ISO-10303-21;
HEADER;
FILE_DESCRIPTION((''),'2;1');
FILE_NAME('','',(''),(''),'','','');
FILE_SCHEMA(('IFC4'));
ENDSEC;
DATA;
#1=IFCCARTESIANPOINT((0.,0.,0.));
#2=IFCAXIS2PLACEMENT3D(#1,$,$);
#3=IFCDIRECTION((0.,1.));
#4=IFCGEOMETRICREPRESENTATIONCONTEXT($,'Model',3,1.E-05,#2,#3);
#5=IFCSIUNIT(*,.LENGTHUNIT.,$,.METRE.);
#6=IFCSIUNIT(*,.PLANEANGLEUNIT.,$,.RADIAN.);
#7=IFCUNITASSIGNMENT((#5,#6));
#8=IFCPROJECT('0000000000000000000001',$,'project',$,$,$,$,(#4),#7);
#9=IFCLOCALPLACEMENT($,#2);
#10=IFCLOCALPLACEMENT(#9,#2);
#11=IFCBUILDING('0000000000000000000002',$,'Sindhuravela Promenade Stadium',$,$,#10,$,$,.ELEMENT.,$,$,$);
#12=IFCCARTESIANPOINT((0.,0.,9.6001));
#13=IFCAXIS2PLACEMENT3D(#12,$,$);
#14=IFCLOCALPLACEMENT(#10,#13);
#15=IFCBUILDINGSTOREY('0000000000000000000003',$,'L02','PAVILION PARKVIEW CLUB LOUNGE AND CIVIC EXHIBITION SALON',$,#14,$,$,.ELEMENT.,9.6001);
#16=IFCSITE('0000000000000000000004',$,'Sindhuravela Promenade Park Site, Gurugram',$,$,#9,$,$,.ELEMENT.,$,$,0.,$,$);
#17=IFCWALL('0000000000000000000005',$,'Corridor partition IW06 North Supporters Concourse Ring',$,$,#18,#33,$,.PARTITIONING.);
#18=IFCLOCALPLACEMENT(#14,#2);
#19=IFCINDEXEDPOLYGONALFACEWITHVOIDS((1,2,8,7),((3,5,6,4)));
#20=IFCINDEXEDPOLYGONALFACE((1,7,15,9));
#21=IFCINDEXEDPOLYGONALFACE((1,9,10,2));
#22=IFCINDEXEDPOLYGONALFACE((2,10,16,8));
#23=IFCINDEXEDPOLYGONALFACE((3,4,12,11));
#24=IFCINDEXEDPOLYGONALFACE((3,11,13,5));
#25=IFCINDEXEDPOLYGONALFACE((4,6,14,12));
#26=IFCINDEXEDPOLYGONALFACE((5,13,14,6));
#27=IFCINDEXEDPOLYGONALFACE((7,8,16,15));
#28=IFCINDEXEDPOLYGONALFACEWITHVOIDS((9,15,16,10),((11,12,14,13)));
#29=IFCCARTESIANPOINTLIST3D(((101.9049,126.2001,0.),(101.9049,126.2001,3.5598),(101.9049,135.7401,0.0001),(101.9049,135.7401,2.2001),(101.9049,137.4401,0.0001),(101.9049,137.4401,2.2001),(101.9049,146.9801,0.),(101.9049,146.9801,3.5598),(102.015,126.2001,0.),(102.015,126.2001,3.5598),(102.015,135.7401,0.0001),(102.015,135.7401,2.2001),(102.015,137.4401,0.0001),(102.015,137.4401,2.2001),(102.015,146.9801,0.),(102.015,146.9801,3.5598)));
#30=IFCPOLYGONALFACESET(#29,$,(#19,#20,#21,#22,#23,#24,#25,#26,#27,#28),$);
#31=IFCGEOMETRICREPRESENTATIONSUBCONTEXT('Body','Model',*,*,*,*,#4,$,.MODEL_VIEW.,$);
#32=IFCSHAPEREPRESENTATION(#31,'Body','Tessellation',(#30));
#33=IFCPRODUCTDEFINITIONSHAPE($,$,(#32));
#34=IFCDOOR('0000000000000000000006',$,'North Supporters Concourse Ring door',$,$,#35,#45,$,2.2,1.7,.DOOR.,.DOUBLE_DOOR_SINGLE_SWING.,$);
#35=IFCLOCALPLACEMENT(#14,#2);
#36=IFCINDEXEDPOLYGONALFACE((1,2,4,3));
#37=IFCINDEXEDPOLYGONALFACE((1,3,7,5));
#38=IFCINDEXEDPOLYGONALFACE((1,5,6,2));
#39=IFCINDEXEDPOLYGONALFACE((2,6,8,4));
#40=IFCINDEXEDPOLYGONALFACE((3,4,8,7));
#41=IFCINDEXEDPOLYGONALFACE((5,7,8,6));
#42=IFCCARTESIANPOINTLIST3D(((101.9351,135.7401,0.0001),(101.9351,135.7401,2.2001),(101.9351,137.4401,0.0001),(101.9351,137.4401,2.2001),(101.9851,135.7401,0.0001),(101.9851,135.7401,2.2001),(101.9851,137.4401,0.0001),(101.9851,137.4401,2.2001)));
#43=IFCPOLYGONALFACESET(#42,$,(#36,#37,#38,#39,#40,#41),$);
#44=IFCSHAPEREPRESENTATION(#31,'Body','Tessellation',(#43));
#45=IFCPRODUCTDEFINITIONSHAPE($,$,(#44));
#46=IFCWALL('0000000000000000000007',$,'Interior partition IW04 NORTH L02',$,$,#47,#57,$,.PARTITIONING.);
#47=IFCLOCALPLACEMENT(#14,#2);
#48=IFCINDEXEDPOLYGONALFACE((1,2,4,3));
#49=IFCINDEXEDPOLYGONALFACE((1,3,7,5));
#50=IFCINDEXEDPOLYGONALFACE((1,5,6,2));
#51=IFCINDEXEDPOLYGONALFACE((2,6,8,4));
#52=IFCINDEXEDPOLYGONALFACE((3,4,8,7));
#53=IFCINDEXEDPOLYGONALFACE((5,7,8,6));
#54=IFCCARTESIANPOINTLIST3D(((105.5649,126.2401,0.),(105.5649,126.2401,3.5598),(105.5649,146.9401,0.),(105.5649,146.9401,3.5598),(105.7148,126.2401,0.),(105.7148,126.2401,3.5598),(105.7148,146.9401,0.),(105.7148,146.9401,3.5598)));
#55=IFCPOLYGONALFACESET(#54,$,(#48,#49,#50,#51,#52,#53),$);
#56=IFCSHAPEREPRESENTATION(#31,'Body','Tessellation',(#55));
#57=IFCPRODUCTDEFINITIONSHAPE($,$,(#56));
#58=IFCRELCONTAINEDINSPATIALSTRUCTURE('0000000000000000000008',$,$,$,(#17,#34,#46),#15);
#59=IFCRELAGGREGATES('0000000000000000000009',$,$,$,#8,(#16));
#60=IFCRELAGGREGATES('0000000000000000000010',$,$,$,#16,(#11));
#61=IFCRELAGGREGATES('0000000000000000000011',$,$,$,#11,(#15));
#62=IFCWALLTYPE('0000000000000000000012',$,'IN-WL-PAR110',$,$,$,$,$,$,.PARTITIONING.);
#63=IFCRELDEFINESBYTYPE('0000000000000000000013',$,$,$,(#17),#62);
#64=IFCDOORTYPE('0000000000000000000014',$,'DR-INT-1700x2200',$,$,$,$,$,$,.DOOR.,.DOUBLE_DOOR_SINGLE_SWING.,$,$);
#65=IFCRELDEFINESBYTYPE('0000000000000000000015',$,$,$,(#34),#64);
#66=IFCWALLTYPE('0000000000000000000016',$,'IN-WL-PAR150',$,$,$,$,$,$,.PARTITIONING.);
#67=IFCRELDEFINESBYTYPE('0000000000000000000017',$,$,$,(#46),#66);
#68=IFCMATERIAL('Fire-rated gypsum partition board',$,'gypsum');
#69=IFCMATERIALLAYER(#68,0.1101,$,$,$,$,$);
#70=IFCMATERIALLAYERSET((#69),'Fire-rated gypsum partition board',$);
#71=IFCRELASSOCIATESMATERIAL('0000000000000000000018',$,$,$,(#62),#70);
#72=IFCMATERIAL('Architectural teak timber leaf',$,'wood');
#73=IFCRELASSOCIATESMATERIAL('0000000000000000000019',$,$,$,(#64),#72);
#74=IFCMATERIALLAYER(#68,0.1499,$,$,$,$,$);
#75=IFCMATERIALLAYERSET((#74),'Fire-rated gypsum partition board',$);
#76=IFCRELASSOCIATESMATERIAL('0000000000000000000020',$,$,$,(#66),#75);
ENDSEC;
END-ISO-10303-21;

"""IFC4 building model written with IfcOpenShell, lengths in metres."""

from ifc_helpers import new_model, si_unit, direction, frame, frame_2d, origin, place, context, subcontext, project, spatial, rectangle, extrude, material, layer, layer_set, type_object, element, fill, save


model = new_model("IFC4")

# Units and contexts
model_context = context("Model", 3, precision=1e-05, world=origin(), true_north=direction((0.0, 1.0)))
body_context = subcontext(model_context, "Body", "Model", "MODEL_VIEW")
ifc_project = project(units=[si_unit("LENGTHUNIT", "METRE"), si_unit("PLANEANGLEUNIT", "RADIAN")], contexts=[model_context])

# Site, building, storey
site_placement = place(None, origin())
site = spatial("IfcSite", under=ifc_project, at=site_placement, Name="Sindhuravela Promenade Park Site, Gurugram", CompositionType="ELEMENT", RefElevation=0.0)
building_placement = place(site_placement, origin())
building = spatial("IfcBuilding", under=site, at=building_placement, Name="Sindhuravela Promenade Stadium", CompositionType="ELEMENT")
storey_placement = place(building_placement, frame((0.0, 0.0, 9.6001)))
storey = spatial("IfcBuildingStorey", under=building, at=storey_placement, Name="L02", Description="PAVILION PARKVIEW CLUB LOUNGE AND CIVIC EXHIBITION SALON", CompositionType="ELEMENT", Elevation=9.6001)

# Wall, opening, door
ifc_material_1 = material(Name="Fire-rated gypsum partition board", Category="gypsum")
ifc_layer_1 = layer(ifc_material_1, 0.1101)
ifc_layer_set_1 = layer_set([ifc_layer_1], Name="Fire-rated gypsum partition board")
wall_type_1 = type_object("IfcWallType", Name="IN-WL-PAR110", PredefinedType="PARTITIONING", material=ifc_layer_set_1)
wall_1_placement = place(storey_placement, frame((101.96, 126.2, 0.0), z_axis=(0.0, 0.0, 1.0), x_axis=(0.0, 1.0, 0.0)))
wall_1 = element("IfcWall", 1, at=wall_1_placement, inside=storey, type_object=wall_type_1, Name="Corridor partition IW06 North Supporters Concourse Ring", PredefinedType="PARTITIONING", context=body_context, shape_type="SweptSolid", body=[
    extrude(rectangle(XDim=20.78, YDim=0.1101, at=frame_2d((10.3901, 0.0))), origin(), (0.0, 0.0, 1.0), 3.5598),
])
opening_1_placement = place(wall_1_placement, frame((9.54, 0.0, 0.0)))
opening_1 = element("IfcOpeningElement", 2, at=opening_1_placement, cuts=wall_1, PredefinedType="OPENING", context=body_context, shape_type="SweptSolid", body=[
    extrude(rectangle(XDim=1.7, YDim=2.2, at=frame_2d((0.8501, 1.1001))), frame((0.0, 0.0649, 0.0), z_axis=(0.0, -1.0, 0.0), x_axis=(1.0, 0.0, 0.0)), (0.0, 0.0, 1.0), 0.1301),
])
ifc_material_2 = material(Name="Architectural teak timber leaf", Category="wood")
door_type = type_object("IfcDoorType", Name="DR-INT-1700x2200", OperationType="DOUBLE_DOOR_SINGLE_SWING", PredefinedType="DOOR", material=ifc_material_2)
door_placement = place(opening_1_placement, origin())
door = element("IfcDoor", 3, at=door_placement, inside=storey, type_object=door_type, Name="North Supporters Concourse Ring door", OperationType="DOUBLE_DOOR_SINGLE_SWING", OverallHeight=2.2, OverallWidth=1.7, PredefinedType="DOOR", context=body_context, shape_type="SweptSolid", body=[
    extrude(rectangle(XDim=1.7, YDim=2.2, at=frame_2d((0.8501, 1.1001))), frame((0.0, 0.0249, 0.0), z_axis=(0.0, -1.0, 0.0), x_axis=(1.0, 0.0, 0.0)), (0.0, 0.0, 1.0), 0.05),
])
fill(opening_1, door)

# Wall
ifc_layer_2 = layer(ifc_material_1, 0.1499)
ifc_layer_set_2 = layer_set([ifc_layer_2], Name="Fire-rated gypsum partition board")
wall_type_2 = type_object("IfcWallType", Name="IN-WL-PAR150", PredefinedType="PARTITIONING", material=ifc_layer_set_2)
wall_2_placement = place(storey_placement, frame((105.6399, 126.24, 0.0), z_axis=(0.0, 0.0, 1.0), x_axis=(0.0, 1.0, 0.0)))
element("IfcWall", 4, at=wall_2_placement, inside=storey, type_object=wall_type_2, Name="Interior partition IW04 NORTH L02", PredefinedType="PARTITIONING", context=body_context, shape_type="SweptSolid", body=[
    extrude(rectangle(XDim=20.7, YDim=0.1499, at=frame_2d((10.3501, 0.0))), origin(), (0.0, 0.0, 1.0), 3.5598),
])

save(model, "model.ifc")
